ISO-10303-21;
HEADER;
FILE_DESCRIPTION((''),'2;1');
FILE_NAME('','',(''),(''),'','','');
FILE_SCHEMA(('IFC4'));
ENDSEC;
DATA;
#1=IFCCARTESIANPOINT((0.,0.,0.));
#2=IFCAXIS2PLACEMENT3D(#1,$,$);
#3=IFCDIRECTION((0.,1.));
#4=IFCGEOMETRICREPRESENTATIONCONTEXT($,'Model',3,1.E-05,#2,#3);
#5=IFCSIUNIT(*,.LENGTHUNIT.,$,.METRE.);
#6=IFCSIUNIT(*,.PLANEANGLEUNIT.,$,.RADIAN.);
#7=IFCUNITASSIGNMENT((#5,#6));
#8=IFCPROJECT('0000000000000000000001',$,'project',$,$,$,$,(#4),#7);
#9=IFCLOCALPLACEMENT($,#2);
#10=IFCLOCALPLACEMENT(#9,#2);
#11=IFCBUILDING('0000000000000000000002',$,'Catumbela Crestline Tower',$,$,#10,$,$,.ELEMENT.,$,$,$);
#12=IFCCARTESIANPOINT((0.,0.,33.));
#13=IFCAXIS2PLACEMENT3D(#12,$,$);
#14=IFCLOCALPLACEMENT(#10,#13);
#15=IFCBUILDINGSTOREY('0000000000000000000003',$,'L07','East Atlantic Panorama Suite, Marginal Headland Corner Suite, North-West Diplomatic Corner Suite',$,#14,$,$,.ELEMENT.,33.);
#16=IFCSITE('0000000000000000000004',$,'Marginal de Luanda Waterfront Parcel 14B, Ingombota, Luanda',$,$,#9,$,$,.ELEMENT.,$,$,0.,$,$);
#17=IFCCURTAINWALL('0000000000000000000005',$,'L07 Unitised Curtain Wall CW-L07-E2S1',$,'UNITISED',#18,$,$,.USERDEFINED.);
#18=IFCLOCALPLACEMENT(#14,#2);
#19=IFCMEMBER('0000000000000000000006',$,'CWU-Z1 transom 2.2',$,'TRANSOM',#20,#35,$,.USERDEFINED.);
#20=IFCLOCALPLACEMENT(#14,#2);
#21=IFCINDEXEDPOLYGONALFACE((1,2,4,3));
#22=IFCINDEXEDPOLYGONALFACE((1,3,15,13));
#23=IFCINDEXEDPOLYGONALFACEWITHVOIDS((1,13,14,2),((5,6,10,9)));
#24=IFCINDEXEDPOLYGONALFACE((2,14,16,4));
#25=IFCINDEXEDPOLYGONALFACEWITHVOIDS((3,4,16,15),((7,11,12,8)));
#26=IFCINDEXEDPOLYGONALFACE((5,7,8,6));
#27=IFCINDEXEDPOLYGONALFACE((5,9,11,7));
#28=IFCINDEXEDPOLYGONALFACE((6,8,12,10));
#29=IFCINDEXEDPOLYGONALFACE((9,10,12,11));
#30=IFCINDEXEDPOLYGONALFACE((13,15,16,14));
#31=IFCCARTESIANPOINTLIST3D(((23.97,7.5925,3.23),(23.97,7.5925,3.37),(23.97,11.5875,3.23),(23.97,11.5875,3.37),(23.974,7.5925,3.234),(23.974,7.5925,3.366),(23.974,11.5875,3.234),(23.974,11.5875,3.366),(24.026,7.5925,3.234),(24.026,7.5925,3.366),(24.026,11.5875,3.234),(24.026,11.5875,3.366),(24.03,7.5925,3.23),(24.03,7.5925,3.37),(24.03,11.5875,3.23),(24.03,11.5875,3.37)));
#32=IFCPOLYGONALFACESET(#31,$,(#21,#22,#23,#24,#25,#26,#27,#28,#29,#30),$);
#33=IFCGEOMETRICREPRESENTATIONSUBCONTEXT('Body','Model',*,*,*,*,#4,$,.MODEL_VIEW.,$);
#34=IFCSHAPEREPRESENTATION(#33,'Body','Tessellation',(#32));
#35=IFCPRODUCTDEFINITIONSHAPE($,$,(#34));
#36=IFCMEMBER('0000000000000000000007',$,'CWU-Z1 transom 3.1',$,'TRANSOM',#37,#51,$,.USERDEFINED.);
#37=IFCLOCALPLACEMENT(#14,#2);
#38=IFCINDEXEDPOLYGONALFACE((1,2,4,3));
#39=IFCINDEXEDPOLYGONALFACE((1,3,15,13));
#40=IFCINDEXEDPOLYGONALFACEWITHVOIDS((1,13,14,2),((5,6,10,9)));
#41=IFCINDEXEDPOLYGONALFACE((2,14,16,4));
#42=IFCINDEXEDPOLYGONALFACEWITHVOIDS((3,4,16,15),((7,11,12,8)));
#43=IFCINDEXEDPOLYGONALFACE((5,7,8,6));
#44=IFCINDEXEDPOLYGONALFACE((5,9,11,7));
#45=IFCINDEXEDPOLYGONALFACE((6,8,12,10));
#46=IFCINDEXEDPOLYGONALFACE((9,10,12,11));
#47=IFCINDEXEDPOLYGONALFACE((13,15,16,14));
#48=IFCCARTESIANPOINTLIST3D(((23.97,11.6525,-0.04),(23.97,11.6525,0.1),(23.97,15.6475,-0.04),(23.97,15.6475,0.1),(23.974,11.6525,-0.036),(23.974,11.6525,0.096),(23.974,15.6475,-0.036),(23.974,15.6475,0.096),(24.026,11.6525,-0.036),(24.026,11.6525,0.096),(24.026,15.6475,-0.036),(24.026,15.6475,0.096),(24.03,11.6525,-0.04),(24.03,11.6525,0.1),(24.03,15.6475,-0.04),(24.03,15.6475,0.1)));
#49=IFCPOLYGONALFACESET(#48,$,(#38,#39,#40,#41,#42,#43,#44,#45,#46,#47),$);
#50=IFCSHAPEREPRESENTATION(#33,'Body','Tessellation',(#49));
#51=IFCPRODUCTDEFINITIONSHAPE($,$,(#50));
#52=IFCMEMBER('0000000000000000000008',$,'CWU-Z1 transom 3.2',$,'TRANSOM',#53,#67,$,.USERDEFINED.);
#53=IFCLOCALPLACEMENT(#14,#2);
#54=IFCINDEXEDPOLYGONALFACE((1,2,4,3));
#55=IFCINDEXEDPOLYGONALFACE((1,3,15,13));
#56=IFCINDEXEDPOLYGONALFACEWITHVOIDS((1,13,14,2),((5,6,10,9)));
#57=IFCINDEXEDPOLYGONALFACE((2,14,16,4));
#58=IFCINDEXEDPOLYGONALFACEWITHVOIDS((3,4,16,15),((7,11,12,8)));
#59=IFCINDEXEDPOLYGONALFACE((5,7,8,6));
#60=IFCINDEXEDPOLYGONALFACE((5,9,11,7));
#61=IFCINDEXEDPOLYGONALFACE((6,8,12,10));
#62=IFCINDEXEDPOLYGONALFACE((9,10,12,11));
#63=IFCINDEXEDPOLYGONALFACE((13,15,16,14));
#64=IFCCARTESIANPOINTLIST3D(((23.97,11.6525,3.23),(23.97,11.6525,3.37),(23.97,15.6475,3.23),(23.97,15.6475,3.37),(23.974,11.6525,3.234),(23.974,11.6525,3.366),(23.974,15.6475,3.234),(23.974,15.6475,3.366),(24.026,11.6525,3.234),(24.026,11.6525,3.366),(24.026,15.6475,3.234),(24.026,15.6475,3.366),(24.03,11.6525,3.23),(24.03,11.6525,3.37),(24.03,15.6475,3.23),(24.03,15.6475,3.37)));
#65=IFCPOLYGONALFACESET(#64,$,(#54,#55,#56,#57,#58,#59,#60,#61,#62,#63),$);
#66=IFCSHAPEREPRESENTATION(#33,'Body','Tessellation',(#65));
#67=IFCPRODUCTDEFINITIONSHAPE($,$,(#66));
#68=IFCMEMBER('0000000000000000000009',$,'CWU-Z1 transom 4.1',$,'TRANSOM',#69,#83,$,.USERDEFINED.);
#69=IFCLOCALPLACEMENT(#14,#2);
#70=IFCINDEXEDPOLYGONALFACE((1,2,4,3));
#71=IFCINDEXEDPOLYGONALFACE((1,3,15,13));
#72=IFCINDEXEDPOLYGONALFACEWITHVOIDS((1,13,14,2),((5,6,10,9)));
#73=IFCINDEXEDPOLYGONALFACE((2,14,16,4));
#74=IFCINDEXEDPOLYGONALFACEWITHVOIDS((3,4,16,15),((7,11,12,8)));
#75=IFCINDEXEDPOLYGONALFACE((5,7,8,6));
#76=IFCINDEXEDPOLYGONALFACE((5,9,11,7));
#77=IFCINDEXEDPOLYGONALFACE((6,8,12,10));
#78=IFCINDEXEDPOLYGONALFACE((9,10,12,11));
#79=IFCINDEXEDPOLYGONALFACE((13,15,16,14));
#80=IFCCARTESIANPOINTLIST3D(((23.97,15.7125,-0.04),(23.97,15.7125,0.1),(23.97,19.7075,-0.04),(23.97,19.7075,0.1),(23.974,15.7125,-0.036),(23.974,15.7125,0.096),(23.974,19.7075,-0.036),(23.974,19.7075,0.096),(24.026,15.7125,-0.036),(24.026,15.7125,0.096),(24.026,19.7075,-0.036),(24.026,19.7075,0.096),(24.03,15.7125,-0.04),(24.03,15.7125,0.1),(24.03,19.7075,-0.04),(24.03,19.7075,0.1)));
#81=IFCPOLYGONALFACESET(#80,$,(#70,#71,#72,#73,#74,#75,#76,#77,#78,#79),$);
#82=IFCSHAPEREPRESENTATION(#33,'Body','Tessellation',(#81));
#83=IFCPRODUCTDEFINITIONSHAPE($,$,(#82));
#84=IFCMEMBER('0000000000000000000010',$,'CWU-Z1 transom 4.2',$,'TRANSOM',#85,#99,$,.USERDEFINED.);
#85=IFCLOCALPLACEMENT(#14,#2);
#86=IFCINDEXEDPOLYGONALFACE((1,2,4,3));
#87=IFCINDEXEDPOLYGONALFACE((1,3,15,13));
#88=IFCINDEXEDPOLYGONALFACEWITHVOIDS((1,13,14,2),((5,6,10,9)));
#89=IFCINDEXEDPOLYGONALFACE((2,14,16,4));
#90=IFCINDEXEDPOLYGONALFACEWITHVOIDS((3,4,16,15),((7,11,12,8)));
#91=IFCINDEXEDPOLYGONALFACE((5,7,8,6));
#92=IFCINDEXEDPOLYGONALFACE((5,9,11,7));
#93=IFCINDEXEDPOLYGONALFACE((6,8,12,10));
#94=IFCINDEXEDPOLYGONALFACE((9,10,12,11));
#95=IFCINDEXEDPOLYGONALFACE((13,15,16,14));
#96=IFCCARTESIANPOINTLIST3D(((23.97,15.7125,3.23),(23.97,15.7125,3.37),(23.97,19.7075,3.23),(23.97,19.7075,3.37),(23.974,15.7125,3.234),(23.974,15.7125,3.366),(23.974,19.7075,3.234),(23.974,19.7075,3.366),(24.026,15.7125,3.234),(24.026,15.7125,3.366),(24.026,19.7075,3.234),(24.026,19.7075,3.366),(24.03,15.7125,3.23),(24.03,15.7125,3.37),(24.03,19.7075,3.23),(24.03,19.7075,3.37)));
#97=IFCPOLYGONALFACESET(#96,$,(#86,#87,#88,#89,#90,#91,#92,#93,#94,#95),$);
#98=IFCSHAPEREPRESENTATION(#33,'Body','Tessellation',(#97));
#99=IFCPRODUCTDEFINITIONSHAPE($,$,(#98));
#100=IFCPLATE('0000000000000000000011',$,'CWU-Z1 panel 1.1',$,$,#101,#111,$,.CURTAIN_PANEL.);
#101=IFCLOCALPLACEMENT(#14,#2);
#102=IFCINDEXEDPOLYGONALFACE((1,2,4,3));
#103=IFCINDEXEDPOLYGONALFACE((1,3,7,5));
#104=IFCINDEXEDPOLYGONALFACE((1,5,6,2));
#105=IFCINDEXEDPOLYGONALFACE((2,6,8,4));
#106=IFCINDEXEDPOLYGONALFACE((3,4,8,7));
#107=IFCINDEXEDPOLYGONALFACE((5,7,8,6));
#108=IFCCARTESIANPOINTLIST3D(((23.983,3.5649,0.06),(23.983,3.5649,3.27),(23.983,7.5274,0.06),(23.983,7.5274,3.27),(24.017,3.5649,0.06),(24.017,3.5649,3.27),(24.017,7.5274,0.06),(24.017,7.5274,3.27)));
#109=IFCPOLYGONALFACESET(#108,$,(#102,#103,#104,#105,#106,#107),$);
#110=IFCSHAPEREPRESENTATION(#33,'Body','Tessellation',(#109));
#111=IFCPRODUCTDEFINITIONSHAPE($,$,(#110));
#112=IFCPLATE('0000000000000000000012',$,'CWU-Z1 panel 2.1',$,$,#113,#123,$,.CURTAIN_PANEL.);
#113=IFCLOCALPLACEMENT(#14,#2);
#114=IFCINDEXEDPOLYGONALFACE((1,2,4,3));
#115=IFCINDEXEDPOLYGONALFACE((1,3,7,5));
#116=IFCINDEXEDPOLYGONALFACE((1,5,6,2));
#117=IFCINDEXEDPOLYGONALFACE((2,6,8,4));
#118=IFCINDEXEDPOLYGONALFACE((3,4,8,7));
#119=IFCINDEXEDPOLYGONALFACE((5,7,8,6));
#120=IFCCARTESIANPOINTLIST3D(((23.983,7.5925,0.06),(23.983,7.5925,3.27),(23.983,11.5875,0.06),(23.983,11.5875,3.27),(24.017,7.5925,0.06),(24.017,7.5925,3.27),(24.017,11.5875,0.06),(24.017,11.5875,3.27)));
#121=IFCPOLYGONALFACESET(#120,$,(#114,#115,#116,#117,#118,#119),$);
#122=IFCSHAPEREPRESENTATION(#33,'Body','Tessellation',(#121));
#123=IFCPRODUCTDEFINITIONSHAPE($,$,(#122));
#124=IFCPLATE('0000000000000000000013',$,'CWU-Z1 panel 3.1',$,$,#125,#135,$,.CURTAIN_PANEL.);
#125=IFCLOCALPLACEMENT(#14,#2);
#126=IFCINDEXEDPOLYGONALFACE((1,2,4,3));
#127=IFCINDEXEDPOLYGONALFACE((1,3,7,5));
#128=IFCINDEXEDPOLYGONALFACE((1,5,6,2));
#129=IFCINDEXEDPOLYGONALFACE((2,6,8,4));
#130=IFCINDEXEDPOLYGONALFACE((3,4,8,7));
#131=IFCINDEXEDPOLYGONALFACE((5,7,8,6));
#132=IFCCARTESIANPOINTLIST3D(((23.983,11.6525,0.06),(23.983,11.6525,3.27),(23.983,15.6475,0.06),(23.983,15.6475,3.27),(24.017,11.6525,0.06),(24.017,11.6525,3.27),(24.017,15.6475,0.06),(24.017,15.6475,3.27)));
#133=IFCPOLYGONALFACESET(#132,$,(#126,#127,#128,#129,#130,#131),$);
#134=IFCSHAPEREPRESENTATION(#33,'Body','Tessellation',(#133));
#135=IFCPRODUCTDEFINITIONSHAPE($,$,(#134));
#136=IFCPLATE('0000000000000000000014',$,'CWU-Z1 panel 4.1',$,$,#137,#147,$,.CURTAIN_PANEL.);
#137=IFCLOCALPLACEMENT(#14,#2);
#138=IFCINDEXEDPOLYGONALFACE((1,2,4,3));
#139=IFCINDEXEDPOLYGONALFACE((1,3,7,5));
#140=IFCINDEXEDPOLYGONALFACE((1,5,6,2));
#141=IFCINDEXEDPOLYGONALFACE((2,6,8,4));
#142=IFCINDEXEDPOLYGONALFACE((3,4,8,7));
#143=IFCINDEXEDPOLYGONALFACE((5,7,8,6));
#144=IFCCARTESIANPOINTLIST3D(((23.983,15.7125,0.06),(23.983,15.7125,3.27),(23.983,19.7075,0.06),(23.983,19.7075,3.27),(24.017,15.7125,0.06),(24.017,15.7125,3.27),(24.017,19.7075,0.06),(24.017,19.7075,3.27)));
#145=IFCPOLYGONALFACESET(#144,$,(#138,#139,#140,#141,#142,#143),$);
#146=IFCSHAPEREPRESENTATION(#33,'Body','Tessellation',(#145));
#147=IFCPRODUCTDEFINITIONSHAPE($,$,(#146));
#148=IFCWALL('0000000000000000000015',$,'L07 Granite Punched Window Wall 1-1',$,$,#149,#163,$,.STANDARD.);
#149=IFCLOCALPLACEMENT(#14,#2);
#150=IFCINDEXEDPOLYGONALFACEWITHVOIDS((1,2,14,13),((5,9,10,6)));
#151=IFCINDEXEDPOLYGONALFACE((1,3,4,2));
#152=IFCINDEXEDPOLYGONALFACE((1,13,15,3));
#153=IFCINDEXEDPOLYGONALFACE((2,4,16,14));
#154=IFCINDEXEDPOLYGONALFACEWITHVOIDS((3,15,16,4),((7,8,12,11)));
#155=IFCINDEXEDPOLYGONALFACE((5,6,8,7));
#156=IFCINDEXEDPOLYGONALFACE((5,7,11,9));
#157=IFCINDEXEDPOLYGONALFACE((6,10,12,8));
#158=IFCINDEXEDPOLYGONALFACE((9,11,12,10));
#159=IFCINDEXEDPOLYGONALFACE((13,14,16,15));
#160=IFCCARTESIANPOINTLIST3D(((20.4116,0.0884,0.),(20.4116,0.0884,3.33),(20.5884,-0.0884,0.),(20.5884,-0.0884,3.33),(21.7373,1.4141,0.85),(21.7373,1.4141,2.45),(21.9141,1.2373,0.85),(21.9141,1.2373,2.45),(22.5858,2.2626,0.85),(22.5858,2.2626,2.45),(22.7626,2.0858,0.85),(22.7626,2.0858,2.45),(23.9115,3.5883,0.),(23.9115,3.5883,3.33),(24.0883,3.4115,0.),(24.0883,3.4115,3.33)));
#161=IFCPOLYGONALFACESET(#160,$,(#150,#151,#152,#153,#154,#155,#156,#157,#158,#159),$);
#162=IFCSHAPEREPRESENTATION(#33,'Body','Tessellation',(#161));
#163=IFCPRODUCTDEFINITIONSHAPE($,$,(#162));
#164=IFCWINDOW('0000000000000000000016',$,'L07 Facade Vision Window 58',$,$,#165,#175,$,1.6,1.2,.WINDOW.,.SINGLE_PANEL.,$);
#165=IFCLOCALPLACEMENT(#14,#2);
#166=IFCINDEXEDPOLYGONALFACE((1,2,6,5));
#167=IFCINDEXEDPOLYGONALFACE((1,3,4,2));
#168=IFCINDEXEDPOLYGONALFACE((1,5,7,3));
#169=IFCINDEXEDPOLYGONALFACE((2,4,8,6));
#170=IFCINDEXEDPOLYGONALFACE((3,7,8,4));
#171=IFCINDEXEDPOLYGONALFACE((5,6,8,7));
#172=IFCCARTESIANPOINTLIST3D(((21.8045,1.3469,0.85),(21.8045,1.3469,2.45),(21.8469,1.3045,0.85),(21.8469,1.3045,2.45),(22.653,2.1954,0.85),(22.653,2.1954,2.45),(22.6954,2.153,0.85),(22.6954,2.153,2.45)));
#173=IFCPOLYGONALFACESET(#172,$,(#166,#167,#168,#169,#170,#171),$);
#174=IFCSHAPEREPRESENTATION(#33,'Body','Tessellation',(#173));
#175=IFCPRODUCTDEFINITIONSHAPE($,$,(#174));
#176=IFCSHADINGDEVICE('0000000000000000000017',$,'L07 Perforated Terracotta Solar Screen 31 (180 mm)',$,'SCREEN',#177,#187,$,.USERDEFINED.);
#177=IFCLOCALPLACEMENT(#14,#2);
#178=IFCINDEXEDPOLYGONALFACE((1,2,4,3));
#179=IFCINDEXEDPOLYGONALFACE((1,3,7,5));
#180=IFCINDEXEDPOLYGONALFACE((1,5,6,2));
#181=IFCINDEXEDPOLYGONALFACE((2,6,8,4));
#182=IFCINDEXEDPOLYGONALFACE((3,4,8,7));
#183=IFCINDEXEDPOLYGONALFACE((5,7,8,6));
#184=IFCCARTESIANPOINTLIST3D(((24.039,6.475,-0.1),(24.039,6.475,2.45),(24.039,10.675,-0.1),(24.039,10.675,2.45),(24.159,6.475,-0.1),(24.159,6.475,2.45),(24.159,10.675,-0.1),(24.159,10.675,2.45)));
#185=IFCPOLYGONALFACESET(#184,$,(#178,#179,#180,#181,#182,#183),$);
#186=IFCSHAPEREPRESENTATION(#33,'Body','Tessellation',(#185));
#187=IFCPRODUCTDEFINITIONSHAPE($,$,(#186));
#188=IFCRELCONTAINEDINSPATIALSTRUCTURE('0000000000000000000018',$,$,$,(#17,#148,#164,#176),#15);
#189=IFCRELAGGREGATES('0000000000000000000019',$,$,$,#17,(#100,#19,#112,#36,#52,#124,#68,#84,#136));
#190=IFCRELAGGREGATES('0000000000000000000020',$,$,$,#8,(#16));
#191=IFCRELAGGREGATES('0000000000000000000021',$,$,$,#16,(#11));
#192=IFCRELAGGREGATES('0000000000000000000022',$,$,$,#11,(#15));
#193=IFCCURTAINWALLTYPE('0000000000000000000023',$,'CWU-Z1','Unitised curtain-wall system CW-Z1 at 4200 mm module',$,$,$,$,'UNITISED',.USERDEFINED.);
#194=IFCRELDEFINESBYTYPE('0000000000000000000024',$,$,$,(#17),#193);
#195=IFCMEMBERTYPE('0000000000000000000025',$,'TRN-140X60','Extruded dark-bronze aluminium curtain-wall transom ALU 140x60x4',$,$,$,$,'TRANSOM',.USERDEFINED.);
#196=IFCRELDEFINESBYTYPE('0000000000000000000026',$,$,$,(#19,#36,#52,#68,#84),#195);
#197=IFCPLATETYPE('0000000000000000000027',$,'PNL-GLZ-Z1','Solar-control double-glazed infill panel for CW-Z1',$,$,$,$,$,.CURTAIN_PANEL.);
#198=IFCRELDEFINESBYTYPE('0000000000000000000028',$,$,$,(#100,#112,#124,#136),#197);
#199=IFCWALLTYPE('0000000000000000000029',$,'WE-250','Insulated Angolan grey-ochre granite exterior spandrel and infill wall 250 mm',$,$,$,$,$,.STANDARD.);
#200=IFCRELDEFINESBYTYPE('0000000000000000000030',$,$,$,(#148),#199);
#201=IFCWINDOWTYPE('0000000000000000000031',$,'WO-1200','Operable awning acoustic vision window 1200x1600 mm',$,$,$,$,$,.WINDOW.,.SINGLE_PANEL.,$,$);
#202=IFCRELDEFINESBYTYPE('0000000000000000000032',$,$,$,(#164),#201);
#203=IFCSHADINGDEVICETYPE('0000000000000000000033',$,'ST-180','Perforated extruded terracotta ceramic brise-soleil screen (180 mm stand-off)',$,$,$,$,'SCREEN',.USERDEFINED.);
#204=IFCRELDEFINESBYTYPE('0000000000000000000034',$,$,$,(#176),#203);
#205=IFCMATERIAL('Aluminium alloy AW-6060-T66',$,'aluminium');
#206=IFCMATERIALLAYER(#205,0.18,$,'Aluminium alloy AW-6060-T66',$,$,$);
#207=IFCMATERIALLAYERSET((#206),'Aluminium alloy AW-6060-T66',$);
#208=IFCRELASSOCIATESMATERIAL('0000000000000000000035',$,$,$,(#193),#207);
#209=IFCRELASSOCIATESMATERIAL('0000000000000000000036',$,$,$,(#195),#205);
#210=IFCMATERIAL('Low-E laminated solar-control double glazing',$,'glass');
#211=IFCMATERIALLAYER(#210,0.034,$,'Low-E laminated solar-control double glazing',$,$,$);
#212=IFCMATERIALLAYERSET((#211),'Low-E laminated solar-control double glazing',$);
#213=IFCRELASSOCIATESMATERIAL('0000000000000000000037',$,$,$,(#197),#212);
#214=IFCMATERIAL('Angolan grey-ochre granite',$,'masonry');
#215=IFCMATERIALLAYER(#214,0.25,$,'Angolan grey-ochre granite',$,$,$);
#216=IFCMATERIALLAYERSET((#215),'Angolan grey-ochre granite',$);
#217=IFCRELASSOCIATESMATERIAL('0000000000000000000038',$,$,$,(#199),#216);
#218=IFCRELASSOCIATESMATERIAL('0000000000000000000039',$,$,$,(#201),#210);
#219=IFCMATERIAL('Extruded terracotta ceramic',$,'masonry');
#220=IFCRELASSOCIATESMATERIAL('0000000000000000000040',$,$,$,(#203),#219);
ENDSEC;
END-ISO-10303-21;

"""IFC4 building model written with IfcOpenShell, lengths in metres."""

from ifc_helpers import new_model, si_unit, direction, frame, frame_2d, origin, origin_2d, place, context, subcontext, project, spatial, rectangle, hollow_rectangle, extrude, material, layer, layer_set, material_profile, profile_set, type_object, element, fill, aggregate, save


model = new_model("IFC4")

# Units and contexts
model_context = context("Model", 3, precision=1e-05, world=origin(), true_north=direction((0.0, 1.0)))
body_context = subcontext(model_context, "Body", "Model", "MODEL_VIEW")
ifc_project = project(units=[si_unit("LENGTHUNIT", "METRE"), si_unit("PLANEANGLEUNIT", "RADIAN")], contexts=[model_context])

# Site, building, storey
site_placement = place(None, origin())
site = spatial("IfcSite", under=ifc_project, at=site_placement, Name="Marginal de Luanda Waterfront Parcel 14B, Ingombota, Luanda", CompositionType="ELEMENT", RefElevation=0.0)
building_placement = place(site_placement, origin())
building = spatial("IfcBuilding", under=site, at=building_placement, Name="Catumbela Crestline Tower", CompositionType="ELEMENT")
storey_placement = place(building_placement, frame((0.0, 0.0, 33.0)))
storey = spatial("IfcBuildingStorey", under=building, at=storey_placement, Name="L07", Description="East Atlantic Panorama Suite, Marginal Headland Corner Suite, North-West Diplomatic Corner Suite", CompositionType="ELEMENT", Elevation=33.0)

# Shared definitions
ifc_material_1 = material(Name="Aluminium alloy AW-6060-T66", Category="aluminium")
ifc_layer_1 = layer(ifc_material_1, 0.18, Name="Aluminium alloy AW-6060-T66")
ifc_layer_set_1 = layer_set([ifc_layer_1], Name="Aluminium alloy AW-6060-T66")
curtain_wall_type = type_object("IfcCurtainWallType", Name="CWU-Z1", Description="Unitised curtain-wall system CW-Z1 at 4200 mm module", ElementType="UNITISED", PredefinedType="USERDEFINED", material=ifc_layer_set_1)

# Curtain wall
curtain_wall_1_placement = place(storey_placement, origin())
curtain_wall_1 = element("IfcCurtainWall", 1, at=curtain_wall_1_placement, inside=storey, type_object=curtain_wall_type, Name="L07 Unitised Curtain Wall CW-L07-E2S1", ObjectType="UNITISED", PredefinedType="USERDEFINED")

# Members
ifc_material_profile_1 = material_profile(ifc_material_1, hollow_rectangle(XDim=0.06, YDim=0.14, WallThickness=0.004, at=origin_2d()), Name="ALU 140x60x4")
ifc_profile_set_1 = profile_set([ifc_material_profile_1], Name="Aluminium alloy AW-6060-T66")
member_type_1 = type_object("IfcMemberType", Name="TRN-140X60", Description="Extruded dark-bronze aluminium curtain-wall transom ALU 140x60x4", ElementType="TRANSOM", PredefinedType="USERDEFINED", material=ifc_profile_set_1)
member_1_placement = place(storey_placement, frame((24.0, 7.5925, 3.3), z_axis=(0.0, 1.0, 0.0), x_axis=(-1.0, 0.0, 0.0)))
member_1 = element("IfcMember", 2, at=member_1_placement, type_object=member_type_1, Name="CWU-Z1 transom 2.2", ObjectType="TRANSOM", PredefinedType="USERDEFINED", context=body_context, shape_type="SweptSolid", body=[
    extrude(hollow_rectangle(XDim=0.06, YDim=0.14, WallThickness=0.004, at=origin_2d()), origin(), (0.0, 0.0, 1.0), 3.995),
])
member_2_placement = place(storey_placement, frame((24.0, 11.6525, 0.03), z_axis=(0.0, 1.0, 0.0), x_axis=(-1.0, 0.0, 0.0)))
member_2 = element("IfcMember", 3, at=member_2_placement, type_object=member_type_1, Name="CWU-Z1 transom 3.1", ObjectType="TRANSOM", PredefinedType="USERDEFINED", context=body_context, shape_type="SweptSolid", body=[
    extrude(hollow_rectangle(XDim=0.06, YDim=0.14, WallThickness=0.004, at=origin_2d()), origin(), (0.0, 0.0, 1.0), 3.995),
])
member_3_placement = place(storey_placement, frame((24.0, 11.6525, 3.3), z_axis=(0.0, 1.0, 0.0), x_axis=(-1.0, 0.0, 0.0)))
member_3 = element("IfcMember", 4, at=member_3_placement, type_object=member_type_1, Name="CWU-Z1 transom 3.2", ObjectType="TRANSOM", PredefinedType="USERDEFINED", context=body_context, shape_type="SweptSolid", body=[
    extrude(hollow_rectangle(XDim=0.06, YDim=0.14, WallThickness=0.004, at=origin_2d()), origin(), (0.0, 0.0, 1.0), 3.995),
])
member_4_placement = place(storey_placement, frame((24.0, 15.7125, 0.03), z_axis=(0.0, 1.0, 0.0), x_axis=(-1.0, 0.0, 0.0)))
member_4 = element("IfcMember", 5, at=member_4_placement, type_object=member_type_1, Name="CWU-Z1 transom 4.1", ObjectType="TRANSOM", PredefinedType="USERDEFINED", context=body_context, shape_type="SweptSolid", body=[
    extrude(hollow_rectangle(XDim=0.06, YDim=0.14, WallThickness=0.004, at=origin_2d()), origin(), (0.0, 0.0, 1.0), 3.995),
])
member_5_placement = place(storey_placement, frame((24.0, 15.7125, 3.3), z_axis=(0.0, 1.0, 0.0), x_axis=(-1.0, 0.0, 0.0)))
member_5 = element("IfcMember", 6, at=member_5_placement, type_object=member_type_1, Name="CWU-Z1 transom 4.2", ObjectType="TRANSOM", PredefinedType="USERDEFINED", context=body_context, shape_type="SweptSolid", body=[
    extrude(hollow_rectangle(XDim=0.06, YDim=0.14, WallThickness=0.004, at=origin_2d()), origin(), (0.0, 0.0, 1.0), 3.995),
])

# Plates
ifc_material_2 = material(Name="Low-E laminated solar-control double glazing", Category="glass")
ifc_layer_2 = layer(ifc_material_2, 0.034, Name="Low-E laminated solar-control double glazing")
ifc_layer_set_2 = layer_set([ifc_layer_2], Name="Low-E laminated solar-control double glazing")
plate_type = type_object("IfcPlateType", Name="PNL-GLZ-Z1", Description="Solar-control double-glazed infill panel for CW-Z1", PredefinedType="CURTAIN_PANEL", material=ifc_layer_set_2)
plate_1_placement = place(storey_placement, frame((24.0, 5.5462, 0.06), z_axis=(0.0, 0.0, 1.0), x_axis=(0.0, 1.0, 0.0)))
plate_1 = element("IfcPlate", 7, at=plate_1_placement, type_object=plate_type, Name="CWU-Z1 panel 1.1", PredefinedType="CURTAIN_PANEL", context=body_context, shape_type="SweptSolid", body=[
    extrude(rectangle(XDim=3.9625, YDim=0.034, at=origin_2d()), origin(), (0.0, 0.0, 1.0), 3.21),
])
plate_2_placement = place(storey_placement, frame((24.0, 9.59, 0.06), z_axis=(0.0, 0.0, 1.0), x_axis=(0.0, 1.0, 0.0)))
plate_2 = element("IfcPlate", 8, at=plate_2_placement, type_object=plate_type, Name="CWU-Z1 panel 2.1", PredefinedType="CURTAIN_PANEL", context=body_context, shape_type="SweptSolid", body=[
    extrude(rectangle(XDim=3.995, YDim=0.034, at=origin_2d()), origin(), (0.0, 0.0, 1.0), 3.21),
])
plate_3_placement = place(storey_placement, frame((24.0, 13.65, 0.06), z_axis=(0.0, 0.0, 1.0), x_axis=(0.0, 1.0, 0.0)))
plate_3 = element("IfcPlate", 9, at=plate_3_placement, type_object=plate_type, Name="CWU-Z1 panel 3.1", PredefinedType="CURTAIN_PANEL", context=body_context, shape_type="SweptSolid", body=[
    extrude(rectangle(XDim=3.995, YDim=0.034, at=origin_2d()), origin(), (0.0, 0.0, 1.0), 3.21),
])
plate_4_placement = place(storey_placement, frame((24.0, 17.71, 0.06), z_axis=(0.0, 0.0, 1.0), x_axis=(0.0, 1.0, 0.0)))
plate_4 = element("IfcPlate", 10, at=plate_4_placement, type_object=plate_type, Name="CWU-Z1 panel 4.1", PredefinedType="CURTAIN_PANEL", context=body_context, shape_type="SweptSolid", body=[
    extrude(rectangle(XDim=3.995, YDim=0.034, at=origin_2d()), origin(), (0.0, 0.0, 1.0), 3.21),
])
aggregate(curtain_wall_1, [plate_1, member_1, plate_2, member_2, member_3, plate_3, member_4, member_5, plate_4])

# Wall, opening, window
ifc_material_3 = material(Name="Angolan grey-ochre granite", Category="masonry")
ifc_layer_3 = layer(ifc_material_3, 0.25, Name="Angolan grey-ochre granite")
ifc_layer_set_3 = layer_set([ifc_layer_3], Name="Angolan grey-ochre granite")
wall_type = type_object("IfcWallType", Name="WE-250", Description="Insulated Angolan grey-ochre granite exterior spandrel and infill wall 250 mm", PredefinedType="STANDARD", material=ifc_layer_set_3)
wall_placement = place(storey_placement, frame((20.5, 0.0, 0.0), z_axis=(0.0, 0.0, 1.0), x_axis=(0.707107, 0.707107, 0.0)))
wall = element("IfcWall", 11, at=wall_placement, inside=storey, type_object=wall_type, Name="L07 Granite Punched Window Wall 1-1", PredefinedType="STANDARD", context=body_context, shape_type="SweptSolid", body=[
    extrude(rectangle(XDim=4.9497, YDim=0.25, at=frame_2d((2.4748, 0.0))), origin(), (0.0, 0.0, 1.0), 3.33),
])
opening_placement = place(wall_placement, frame((1.8748, 0.0, 0.85)))
opening = element("IfcOpeningElement", 12, at=opening_placement, cuts=wall, PredefinedType="OPENING", context=body_context, shape_type="SweptSolid", body=[
    extrude(rectangle(XDim=1.2, YDim=1.6, at=frame_2d((0.6, 0.8))), frame((0.0, 0.135, 0.0), z_axis=(0.0, -1.0, 0.0), x_axis=(1.0, 0.0, 0.0)), (0.0, 0.0, 1.0), 0.27),
])
window_type = type_object("IfcWindowType", Name="WO-1200", Description="Operable awning acoustic vision window 1200x1600 mm", PartitioningType="SINGLE_PANEL", PredefinedType="WINDOW", material=ifc_material_2)
window_placement = place(opening_placement, origin())
window = element("IfcWindow", 13, at=window_placement, inside=storey, type_object=window_type, Name="L07 Facade Vision Window 58", OverallHeight=1.6, OverallWidth=1.2, PartitioningType="SINGLE_PANEL", PredefinedType="WINDOW", context=body_context, shape_type="SweptSolid", body=[
    extrude(rectangle(XDim=1.2, YDim=1.6, at=frame_2d((0.6, 0.8))), frame((0.0, 0.03, 0.0), z_axis=(0.0, -1.0, 0.0), x_axis=(1.0, 0.0, 0.0)), (0.0, 0.0, 1.0), 0.06),
])
fill(opening, window)

# Shading device
ifc_material_4 = material(Name="Extruded terracotta ceramic", Category="masonry")
shading_device_type = type_object("IfcShadingDeviceType", Name="ST-180", Description="Perforated extruded terracotta ceramic brise-soleil screen (180 mm stand-off)", ElementType="SCREEN", PredefinedType="USERDEFINED", material=ifc_material_4)
shading_device_placement = place(storey_placement, frame((24.099, 8.575, -0.1), z_axis=(0.0, 0.0, 1.0), x_axis=(0.0, 1.0, 0.0)))
element("IfcShadingDevice", 14, at=shading_device_placement, inside=storey, type_object=shading_device_type, Name="L07 Perforated Terracotta Solar Screen 31 (180 mm)", ObjectType="SCREEN", PredefinedType="USERDEFINED", context=body_context, shape_type="SweptSolid", body=[
    extrude(rectangle(XDim=4.2, YDim=0.12, at=origin_2d()), origin(), (0.0, 0.0, 1.0), 2.55),
])

save(model, "model.ifc")
